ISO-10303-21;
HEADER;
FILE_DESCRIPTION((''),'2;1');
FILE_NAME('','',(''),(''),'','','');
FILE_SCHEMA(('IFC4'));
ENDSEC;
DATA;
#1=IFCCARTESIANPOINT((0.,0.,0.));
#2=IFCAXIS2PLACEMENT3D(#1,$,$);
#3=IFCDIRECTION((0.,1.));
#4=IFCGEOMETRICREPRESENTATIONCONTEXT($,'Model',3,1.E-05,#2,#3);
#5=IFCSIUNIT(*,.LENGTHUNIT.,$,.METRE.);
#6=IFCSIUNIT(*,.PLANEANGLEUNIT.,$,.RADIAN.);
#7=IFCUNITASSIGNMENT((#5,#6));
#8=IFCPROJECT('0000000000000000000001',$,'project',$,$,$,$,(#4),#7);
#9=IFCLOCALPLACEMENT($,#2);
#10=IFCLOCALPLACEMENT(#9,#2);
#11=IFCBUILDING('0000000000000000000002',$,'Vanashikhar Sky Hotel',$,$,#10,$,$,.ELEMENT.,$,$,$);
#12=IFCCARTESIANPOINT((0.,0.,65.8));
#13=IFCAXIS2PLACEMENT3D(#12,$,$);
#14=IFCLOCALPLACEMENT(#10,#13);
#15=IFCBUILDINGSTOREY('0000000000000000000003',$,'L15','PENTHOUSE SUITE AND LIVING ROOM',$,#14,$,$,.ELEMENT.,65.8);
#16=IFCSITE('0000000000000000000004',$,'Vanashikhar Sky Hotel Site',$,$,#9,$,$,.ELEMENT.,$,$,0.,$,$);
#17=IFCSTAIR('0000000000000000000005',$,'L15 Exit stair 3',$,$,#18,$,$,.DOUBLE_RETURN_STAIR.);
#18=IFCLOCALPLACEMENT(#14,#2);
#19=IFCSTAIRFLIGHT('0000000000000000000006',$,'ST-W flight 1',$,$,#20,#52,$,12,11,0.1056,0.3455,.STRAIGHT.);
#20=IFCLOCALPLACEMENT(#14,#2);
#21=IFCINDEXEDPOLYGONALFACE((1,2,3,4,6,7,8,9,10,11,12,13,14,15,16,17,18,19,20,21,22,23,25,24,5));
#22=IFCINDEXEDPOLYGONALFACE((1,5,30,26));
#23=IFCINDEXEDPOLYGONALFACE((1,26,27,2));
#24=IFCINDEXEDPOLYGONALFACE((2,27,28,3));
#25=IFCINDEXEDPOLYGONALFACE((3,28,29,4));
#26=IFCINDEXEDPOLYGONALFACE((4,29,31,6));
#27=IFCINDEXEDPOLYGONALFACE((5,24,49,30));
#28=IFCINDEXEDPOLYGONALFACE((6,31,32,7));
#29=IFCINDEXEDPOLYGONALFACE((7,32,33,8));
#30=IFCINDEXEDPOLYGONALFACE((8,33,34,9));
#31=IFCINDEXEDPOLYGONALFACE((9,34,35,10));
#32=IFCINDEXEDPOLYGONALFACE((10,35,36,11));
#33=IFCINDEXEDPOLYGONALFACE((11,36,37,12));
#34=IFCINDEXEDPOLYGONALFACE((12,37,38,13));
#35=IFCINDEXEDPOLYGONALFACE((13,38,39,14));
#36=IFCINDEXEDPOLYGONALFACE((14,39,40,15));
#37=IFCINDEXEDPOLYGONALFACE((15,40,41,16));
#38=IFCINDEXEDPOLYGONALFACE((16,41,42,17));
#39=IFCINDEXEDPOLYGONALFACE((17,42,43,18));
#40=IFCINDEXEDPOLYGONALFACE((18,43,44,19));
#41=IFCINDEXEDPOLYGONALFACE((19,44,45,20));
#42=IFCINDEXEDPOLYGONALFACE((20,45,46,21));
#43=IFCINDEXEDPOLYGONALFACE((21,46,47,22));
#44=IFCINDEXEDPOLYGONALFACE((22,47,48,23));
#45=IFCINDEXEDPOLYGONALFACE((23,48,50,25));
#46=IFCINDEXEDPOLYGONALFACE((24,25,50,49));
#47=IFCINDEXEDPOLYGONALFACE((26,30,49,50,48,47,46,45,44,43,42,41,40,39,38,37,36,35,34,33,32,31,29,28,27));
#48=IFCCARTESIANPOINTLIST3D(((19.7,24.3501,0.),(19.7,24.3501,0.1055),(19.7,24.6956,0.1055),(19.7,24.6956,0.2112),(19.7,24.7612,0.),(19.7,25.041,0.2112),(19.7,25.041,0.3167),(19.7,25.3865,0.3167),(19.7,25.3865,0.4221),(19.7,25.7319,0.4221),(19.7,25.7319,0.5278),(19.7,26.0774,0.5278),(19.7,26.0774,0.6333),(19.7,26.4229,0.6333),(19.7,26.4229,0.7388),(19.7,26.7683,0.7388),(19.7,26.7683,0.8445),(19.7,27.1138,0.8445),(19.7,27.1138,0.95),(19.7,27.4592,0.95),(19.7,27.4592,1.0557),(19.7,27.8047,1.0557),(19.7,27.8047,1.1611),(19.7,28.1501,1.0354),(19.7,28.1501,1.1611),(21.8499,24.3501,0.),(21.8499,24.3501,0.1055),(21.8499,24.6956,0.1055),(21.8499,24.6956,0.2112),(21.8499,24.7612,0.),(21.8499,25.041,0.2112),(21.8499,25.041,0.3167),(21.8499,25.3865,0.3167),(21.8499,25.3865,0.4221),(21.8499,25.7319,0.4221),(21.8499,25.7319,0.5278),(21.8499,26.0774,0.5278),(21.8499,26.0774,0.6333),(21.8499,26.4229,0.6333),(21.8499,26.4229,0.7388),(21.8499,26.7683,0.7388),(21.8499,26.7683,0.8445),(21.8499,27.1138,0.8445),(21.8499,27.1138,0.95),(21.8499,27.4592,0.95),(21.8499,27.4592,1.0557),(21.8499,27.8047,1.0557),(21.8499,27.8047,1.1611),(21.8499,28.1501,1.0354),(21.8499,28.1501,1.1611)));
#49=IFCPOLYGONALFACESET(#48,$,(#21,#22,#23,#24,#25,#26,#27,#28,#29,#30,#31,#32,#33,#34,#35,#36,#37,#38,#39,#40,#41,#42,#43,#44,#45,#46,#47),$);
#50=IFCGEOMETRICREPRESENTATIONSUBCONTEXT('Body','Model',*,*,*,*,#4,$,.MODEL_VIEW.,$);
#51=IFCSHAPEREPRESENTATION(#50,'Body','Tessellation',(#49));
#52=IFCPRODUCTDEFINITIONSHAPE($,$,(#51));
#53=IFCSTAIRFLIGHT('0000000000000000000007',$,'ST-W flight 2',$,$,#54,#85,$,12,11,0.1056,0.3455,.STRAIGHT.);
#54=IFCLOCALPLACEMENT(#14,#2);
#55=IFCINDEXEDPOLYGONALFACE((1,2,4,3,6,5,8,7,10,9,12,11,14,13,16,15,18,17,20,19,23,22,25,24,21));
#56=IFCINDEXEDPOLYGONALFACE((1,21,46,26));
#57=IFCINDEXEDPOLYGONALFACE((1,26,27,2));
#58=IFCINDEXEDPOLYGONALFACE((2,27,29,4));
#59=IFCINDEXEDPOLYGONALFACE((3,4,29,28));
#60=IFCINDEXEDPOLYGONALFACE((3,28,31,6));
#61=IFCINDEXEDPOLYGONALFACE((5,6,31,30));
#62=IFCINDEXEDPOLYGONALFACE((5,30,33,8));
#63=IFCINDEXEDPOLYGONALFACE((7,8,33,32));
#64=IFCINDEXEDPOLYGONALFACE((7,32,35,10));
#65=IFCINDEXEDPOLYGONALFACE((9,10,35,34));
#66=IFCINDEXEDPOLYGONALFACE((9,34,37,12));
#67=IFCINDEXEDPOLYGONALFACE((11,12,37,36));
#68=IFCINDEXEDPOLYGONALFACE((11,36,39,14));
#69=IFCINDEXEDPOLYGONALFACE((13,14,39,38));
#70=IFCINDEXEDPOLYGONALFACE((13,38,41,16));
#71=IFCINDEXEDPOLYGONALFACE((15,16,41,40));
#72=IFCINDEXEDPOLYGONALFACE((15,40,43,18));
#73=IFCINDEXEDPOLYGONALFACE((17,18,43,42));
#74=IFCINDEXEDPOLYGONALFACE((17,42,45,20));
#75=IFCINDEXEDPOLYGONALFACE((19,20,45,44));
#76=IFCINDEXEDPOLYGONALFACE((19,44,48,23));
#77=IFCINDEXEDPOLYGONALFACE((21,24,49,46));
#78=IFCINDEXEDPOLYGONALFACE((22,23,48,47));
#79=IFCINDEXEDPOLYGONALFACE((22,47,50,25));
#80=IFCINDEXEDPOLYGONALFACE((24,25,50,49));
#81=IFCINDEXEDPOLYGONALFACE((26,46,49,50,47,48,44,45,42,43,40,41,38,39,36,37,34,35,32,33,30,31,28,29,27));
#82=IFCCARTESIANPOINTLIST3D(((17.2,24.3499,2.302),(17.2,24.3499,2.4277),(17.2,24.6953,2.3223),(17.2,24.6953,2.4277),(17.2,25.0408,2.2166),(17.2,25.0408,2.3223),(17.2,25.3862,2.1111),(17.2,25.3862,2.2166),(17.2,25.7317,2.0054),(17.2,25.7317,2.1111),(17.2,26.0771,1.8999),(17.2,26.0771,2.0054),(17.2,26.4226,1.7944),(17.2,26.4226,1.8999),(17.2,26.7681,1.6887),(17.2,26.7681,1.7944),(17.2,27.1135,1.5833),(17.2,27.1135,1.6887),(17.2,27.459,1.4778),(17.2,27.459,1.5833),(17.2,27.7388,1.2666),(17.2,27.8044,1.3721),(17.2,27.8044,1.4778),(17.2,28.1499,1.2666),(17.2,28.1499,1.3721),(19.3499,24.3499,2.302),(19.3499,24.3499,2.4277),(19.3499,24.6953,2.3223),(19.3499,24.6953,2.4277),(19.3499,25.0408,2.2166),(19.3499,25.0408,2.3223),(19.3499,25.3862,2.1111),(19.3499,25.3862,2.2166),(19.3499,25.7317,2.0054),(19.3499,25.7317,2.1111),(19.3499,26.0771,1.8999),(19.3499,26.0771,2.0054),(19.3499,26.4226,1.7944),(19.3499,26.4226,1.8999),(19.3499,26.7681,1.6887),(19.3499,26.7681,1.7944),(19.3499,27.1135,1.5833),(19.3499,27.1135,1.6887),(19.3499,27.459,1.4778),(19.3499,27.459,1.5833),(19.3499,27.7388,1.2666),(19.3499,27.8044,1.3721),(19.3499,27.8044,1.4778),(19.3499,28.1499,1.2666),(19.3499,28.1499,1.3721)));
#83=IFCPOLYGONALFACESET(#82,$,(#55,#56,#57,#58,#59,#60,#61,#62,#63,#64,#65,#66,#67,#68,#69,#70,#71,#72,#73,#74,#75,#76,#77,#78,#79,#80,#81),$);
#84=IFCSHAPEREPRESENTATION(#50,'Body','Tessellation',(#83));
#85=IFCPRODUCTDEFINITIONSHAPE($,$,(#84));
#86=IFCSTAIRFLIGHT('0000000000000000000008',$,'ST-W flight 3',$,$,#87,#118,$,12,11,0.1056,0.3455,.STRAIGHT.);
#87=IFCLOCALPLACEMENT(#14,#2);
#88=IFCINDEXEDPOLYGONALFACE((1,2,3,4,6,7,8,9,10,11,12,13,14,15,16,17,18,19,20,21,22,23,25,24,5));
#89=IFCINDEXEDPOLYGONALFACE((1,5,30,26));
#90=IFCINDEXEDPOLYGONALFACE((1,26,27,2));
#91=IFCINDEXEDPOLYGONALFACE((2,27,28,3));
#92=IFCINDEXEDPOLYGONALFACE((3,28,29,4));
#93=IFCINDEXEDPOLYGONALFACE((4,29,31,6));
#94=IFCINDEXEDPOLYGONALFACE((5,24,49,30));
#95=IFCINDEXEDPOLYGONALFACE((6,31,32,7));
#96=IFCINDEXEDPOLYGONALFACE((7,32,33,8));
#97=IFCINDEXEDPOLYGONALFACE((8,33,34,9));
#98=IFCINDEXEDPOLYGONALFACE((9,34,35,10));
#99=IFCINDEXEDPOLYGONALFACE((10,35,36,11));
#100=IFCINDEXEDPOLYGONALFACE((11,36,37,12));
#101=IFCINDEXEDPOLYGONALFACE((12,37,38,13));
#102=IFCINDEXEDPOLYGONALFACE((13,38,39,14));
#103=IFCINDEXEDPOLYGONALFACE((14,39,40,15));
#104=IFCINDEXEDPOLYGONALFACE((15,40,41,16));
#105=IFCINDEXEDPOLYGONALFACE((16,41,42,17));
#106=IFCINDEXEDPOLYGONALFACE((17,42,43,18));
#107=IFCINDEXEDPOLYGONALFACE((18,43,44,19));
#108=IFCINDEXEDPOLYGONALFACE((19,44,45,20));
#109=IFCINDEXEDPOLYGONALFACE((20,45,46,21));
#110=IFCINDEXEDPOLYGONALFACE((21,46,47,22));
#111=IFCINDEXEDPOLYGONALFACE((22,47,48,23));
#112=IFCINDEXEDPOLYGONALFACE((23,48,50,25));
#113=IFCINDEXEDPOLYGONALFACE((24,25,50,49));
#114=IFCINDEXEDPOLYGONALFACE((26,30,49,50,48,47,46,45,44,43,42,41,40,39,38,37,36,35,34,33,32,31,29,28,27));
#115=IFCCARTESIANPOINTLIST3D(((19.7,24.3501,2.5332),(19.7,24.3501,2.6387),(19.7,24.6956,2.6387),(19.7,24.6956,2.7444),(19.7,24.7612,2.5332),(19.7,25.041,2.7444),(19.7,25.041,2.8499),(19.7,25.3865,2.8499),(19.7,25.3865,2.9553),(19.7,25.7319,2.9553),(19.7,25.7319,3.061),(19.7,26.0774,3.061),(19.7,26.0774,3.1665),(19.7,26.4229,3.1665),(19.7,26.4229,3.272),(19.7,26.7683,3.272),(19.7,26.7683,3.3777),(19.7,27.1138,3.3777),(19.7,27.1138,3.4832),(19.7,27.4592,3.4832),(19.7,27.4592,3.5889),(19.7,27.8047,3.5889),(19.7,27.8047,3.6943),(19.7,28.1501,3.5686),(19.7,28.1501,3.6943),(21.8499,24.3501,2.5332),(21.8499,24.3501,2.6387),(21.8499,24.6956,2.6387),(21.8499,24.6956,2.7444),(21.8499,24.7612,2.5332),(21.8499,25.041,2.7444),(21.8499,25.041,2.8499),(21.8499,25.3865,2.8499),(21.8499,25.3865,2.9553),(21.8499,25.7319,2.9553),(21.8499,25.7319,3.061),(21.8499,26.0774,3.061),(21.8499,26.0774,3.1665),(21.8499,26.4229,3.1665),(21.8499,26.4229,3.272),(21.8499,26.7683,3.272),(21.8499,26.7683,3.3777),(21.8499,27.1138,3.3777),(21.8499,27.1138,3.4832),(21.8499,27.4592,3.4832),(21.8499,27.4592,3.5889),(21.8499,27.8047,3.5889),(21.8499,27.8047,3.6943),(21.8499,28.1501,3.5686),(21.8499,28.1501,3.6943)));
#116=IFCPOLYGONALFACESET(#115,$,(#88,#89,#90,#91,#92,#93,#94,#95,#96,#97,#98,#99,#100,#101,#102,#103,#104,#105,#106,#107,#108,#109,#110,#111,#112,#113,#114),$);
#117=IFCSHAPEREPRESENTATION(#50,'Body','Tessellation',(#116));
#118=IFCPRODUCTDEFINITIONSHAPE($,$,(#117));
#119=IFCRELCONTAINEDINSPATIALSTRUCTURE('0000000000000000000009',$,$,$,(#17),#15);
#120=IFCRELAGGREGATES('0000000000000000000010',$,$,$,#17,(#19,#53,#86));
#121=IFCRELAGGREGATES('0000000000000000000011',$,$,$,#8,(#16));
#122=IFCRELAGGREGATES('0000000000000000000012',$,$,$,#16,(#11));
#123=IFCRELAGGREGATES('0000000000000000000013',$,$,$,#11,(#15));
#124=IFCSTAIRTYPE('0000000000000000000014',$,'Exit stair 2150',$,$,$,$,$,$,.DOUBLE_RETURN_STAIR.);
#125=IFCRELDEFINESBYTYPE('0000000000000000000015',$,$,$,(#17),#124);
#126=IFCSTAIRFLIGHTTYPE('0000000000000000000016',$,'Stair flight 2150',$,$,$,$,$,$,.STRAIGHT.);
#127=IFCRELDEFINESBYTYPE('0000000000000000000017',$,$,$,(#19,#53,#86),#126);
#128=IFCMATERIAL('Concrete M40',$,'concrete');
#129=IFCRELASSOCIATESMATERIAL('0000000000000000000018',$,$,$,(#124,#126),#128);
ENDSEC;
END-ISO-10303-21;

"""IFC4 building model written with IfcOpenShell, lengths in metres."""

from ifc_helpers import new_model, si_unit, direction, frame, origin, place, context, subcontext, project, spatial, polyline, outline, extrude, source, transform, mapped, material, type_object, element, aggregate, save


model = new_model("IFC4")

# Units and contexts
model_context = context("Model", 3, precision=1e-05, world=origin(), true_north=direction((0.0, 1.0)))
body_context = subcontext(model_context, "Body", "Model", "MODEL_VIEW")
ifc_project = project(units=[si_unit("LENGTHUNIT", "METRE"), si_unit("PLANEANGLEUNIT", "RADIAN")], contexts=[model_context])

# Site, building, storey
site_placement = place(None, origin())
site = spatial("IfcSite", under=ifc_project, at=site_placement, Name="Vanashikhar Sky Hotel Site", CompositionType="ELEMENT", RefElevation=0.0)
building_placement = place(site_placement, origin())
building = spatial("IfcBuilding", under=site, at=building_placement, Name="Vanashikhar Sky Hotel", CompositionType="ELEMENT")
storey_placement = place(building_placement, frame((0.0, 0.0, 65.8)))
storey = spatial("IfcBuildingStorey", under=building, at=storey_placement, Name="L15", Description="PENTHOUSE SUITE AND LIVING ROOM", CompositionType="ELEMENT", Elevation=65.8)

# Stair, stair flights
ifc_material_1 = material(Name="Concrete M40", Category="concrete")
stair_type = type_object("IfcStairType", Name="Exit stair 2150", PredefinedType="DOUBLE_RETURN_STAIR", material=ifc_material_1)
stair_placement = place(storey_placement, origin())
stair = element("IfcStair", 1, at=stair_placement, inside=storey, type_object=stair_type, Name="L15 Exit stair 3", PredefinedType="DOUBLE_RETURN_STAIR")
stair_flight_type = type_object("IfcStairFlightType", Name="Stair flight 2150", PredefinedType="STRAIGHT", material=ifc_material_1)
shared_shape_1 = source(origin(), body_context, "Body", "SweptSolid", [
    extrude(outline(polyline([(0.0, 0.0), (0.0, 0.1055), (0.3455, 0.1055), (0.3455, 0.2112), (0.6909, 0.2112), (0.6909, 0.3167), (1.0364, 0.3167), (1.0364, 0.4221), (1.3818, 0.4221), (1.3818, 0.5278), (1.7273, 0.5278), (1.7273, 0.6333), (2.0728, 0.6333), (2.0728, 0.7388), (2.4182, 0.7388), (2.4182, 0.8445), (2.7637, 0.8445), (2.7637, 0.95), (3.1091, 0.95), (3.1091, 1.0557), (3.4546, 1.0557), (3.4546, 1.1611), (3.8, 1.1611), (3.8, 1.2666), (3.8, 1.0354), (0.4111, 0.0), (0.0, 0.0)])), frame((0.0, 1.075, 0.0), z_axis=(0.0, -1.0, 0.0), x_axis=(1.0, 0.0, 0.0)), (0.0, 0.0, 1.0), 2.1499),
])
stair_flight_1_placement = place(storey_placement, frame((20.7749, 24.3501, 0.0), z_axis=(0.0, 0.0, 1.0), x_axis=(0.0, 1.0, 0.0)))
stair_flight_1 = element("IfcStairFlight", 2, at=stair_flight_1_placement, type_object=stair_flight_type, Name="ST-W flight 1", NumberOfRisers=12, NumberOfTreads=11, PredefinedType="STRAIGHT", RiserHeight=0.1056, TreadLength=0.3455, context=body_context, shape_type="MappedRepresentation", body=[
    mapped(shared_shape_1, transform((0.0, 0.0, 0.0), scale=1.0)),
])
stair_flight_2_placement = place(storey_placement, frame((18.2749, 28.1499, 1.2666), z_axis=(0.0, 0.0, 1.0), x_axis=(0.0, -1.0, 0.0)))
stair_flight_2 = element("IfcStairFlight", 3, at=stair_flight_2_placement, type_object=stair_flight_type, Name="ST-W flight 2", NumberOfRisers=12, NumberOfTreads=11, PredefinedType="STRAIGHT", RiserHeight=0.1056, TreadLength=0.3455, context=body_context, shape_type="MappedRepresentation", body=[
    mapped(shared_shape_1, transform((0.0, 0.0, 0.0), scale=1.0)),
])
stair_flight_3_placement = place(storey_placement, frame((20.7749, 24.3501, 2.5332), z_axis=(0.0, 0.0, 1.0), x_axis=(0.0, 1.0, 0.0)))
stair_flight_3 = element("IfcStairFlight", 4, at=stair_flight_3_placement, type_object=stair_flight_type, Name="ST-W flight 3", NumberOfRisers=12, NumberOfTreads=11, PredefinedType="STRAIGHT", RiserHeight=0.1056, TreadLength=0.3455, context=body_context, shape_type="MappedRepresentation", body=[
    mapped(shared_shape_1, transform((0.0, 0.0, 0.0), scale=1.0)),
])
aggregate(stair, [stair_flight_1, stair_flight_2, stair_flight_3])

save(model, "model.ifc")
